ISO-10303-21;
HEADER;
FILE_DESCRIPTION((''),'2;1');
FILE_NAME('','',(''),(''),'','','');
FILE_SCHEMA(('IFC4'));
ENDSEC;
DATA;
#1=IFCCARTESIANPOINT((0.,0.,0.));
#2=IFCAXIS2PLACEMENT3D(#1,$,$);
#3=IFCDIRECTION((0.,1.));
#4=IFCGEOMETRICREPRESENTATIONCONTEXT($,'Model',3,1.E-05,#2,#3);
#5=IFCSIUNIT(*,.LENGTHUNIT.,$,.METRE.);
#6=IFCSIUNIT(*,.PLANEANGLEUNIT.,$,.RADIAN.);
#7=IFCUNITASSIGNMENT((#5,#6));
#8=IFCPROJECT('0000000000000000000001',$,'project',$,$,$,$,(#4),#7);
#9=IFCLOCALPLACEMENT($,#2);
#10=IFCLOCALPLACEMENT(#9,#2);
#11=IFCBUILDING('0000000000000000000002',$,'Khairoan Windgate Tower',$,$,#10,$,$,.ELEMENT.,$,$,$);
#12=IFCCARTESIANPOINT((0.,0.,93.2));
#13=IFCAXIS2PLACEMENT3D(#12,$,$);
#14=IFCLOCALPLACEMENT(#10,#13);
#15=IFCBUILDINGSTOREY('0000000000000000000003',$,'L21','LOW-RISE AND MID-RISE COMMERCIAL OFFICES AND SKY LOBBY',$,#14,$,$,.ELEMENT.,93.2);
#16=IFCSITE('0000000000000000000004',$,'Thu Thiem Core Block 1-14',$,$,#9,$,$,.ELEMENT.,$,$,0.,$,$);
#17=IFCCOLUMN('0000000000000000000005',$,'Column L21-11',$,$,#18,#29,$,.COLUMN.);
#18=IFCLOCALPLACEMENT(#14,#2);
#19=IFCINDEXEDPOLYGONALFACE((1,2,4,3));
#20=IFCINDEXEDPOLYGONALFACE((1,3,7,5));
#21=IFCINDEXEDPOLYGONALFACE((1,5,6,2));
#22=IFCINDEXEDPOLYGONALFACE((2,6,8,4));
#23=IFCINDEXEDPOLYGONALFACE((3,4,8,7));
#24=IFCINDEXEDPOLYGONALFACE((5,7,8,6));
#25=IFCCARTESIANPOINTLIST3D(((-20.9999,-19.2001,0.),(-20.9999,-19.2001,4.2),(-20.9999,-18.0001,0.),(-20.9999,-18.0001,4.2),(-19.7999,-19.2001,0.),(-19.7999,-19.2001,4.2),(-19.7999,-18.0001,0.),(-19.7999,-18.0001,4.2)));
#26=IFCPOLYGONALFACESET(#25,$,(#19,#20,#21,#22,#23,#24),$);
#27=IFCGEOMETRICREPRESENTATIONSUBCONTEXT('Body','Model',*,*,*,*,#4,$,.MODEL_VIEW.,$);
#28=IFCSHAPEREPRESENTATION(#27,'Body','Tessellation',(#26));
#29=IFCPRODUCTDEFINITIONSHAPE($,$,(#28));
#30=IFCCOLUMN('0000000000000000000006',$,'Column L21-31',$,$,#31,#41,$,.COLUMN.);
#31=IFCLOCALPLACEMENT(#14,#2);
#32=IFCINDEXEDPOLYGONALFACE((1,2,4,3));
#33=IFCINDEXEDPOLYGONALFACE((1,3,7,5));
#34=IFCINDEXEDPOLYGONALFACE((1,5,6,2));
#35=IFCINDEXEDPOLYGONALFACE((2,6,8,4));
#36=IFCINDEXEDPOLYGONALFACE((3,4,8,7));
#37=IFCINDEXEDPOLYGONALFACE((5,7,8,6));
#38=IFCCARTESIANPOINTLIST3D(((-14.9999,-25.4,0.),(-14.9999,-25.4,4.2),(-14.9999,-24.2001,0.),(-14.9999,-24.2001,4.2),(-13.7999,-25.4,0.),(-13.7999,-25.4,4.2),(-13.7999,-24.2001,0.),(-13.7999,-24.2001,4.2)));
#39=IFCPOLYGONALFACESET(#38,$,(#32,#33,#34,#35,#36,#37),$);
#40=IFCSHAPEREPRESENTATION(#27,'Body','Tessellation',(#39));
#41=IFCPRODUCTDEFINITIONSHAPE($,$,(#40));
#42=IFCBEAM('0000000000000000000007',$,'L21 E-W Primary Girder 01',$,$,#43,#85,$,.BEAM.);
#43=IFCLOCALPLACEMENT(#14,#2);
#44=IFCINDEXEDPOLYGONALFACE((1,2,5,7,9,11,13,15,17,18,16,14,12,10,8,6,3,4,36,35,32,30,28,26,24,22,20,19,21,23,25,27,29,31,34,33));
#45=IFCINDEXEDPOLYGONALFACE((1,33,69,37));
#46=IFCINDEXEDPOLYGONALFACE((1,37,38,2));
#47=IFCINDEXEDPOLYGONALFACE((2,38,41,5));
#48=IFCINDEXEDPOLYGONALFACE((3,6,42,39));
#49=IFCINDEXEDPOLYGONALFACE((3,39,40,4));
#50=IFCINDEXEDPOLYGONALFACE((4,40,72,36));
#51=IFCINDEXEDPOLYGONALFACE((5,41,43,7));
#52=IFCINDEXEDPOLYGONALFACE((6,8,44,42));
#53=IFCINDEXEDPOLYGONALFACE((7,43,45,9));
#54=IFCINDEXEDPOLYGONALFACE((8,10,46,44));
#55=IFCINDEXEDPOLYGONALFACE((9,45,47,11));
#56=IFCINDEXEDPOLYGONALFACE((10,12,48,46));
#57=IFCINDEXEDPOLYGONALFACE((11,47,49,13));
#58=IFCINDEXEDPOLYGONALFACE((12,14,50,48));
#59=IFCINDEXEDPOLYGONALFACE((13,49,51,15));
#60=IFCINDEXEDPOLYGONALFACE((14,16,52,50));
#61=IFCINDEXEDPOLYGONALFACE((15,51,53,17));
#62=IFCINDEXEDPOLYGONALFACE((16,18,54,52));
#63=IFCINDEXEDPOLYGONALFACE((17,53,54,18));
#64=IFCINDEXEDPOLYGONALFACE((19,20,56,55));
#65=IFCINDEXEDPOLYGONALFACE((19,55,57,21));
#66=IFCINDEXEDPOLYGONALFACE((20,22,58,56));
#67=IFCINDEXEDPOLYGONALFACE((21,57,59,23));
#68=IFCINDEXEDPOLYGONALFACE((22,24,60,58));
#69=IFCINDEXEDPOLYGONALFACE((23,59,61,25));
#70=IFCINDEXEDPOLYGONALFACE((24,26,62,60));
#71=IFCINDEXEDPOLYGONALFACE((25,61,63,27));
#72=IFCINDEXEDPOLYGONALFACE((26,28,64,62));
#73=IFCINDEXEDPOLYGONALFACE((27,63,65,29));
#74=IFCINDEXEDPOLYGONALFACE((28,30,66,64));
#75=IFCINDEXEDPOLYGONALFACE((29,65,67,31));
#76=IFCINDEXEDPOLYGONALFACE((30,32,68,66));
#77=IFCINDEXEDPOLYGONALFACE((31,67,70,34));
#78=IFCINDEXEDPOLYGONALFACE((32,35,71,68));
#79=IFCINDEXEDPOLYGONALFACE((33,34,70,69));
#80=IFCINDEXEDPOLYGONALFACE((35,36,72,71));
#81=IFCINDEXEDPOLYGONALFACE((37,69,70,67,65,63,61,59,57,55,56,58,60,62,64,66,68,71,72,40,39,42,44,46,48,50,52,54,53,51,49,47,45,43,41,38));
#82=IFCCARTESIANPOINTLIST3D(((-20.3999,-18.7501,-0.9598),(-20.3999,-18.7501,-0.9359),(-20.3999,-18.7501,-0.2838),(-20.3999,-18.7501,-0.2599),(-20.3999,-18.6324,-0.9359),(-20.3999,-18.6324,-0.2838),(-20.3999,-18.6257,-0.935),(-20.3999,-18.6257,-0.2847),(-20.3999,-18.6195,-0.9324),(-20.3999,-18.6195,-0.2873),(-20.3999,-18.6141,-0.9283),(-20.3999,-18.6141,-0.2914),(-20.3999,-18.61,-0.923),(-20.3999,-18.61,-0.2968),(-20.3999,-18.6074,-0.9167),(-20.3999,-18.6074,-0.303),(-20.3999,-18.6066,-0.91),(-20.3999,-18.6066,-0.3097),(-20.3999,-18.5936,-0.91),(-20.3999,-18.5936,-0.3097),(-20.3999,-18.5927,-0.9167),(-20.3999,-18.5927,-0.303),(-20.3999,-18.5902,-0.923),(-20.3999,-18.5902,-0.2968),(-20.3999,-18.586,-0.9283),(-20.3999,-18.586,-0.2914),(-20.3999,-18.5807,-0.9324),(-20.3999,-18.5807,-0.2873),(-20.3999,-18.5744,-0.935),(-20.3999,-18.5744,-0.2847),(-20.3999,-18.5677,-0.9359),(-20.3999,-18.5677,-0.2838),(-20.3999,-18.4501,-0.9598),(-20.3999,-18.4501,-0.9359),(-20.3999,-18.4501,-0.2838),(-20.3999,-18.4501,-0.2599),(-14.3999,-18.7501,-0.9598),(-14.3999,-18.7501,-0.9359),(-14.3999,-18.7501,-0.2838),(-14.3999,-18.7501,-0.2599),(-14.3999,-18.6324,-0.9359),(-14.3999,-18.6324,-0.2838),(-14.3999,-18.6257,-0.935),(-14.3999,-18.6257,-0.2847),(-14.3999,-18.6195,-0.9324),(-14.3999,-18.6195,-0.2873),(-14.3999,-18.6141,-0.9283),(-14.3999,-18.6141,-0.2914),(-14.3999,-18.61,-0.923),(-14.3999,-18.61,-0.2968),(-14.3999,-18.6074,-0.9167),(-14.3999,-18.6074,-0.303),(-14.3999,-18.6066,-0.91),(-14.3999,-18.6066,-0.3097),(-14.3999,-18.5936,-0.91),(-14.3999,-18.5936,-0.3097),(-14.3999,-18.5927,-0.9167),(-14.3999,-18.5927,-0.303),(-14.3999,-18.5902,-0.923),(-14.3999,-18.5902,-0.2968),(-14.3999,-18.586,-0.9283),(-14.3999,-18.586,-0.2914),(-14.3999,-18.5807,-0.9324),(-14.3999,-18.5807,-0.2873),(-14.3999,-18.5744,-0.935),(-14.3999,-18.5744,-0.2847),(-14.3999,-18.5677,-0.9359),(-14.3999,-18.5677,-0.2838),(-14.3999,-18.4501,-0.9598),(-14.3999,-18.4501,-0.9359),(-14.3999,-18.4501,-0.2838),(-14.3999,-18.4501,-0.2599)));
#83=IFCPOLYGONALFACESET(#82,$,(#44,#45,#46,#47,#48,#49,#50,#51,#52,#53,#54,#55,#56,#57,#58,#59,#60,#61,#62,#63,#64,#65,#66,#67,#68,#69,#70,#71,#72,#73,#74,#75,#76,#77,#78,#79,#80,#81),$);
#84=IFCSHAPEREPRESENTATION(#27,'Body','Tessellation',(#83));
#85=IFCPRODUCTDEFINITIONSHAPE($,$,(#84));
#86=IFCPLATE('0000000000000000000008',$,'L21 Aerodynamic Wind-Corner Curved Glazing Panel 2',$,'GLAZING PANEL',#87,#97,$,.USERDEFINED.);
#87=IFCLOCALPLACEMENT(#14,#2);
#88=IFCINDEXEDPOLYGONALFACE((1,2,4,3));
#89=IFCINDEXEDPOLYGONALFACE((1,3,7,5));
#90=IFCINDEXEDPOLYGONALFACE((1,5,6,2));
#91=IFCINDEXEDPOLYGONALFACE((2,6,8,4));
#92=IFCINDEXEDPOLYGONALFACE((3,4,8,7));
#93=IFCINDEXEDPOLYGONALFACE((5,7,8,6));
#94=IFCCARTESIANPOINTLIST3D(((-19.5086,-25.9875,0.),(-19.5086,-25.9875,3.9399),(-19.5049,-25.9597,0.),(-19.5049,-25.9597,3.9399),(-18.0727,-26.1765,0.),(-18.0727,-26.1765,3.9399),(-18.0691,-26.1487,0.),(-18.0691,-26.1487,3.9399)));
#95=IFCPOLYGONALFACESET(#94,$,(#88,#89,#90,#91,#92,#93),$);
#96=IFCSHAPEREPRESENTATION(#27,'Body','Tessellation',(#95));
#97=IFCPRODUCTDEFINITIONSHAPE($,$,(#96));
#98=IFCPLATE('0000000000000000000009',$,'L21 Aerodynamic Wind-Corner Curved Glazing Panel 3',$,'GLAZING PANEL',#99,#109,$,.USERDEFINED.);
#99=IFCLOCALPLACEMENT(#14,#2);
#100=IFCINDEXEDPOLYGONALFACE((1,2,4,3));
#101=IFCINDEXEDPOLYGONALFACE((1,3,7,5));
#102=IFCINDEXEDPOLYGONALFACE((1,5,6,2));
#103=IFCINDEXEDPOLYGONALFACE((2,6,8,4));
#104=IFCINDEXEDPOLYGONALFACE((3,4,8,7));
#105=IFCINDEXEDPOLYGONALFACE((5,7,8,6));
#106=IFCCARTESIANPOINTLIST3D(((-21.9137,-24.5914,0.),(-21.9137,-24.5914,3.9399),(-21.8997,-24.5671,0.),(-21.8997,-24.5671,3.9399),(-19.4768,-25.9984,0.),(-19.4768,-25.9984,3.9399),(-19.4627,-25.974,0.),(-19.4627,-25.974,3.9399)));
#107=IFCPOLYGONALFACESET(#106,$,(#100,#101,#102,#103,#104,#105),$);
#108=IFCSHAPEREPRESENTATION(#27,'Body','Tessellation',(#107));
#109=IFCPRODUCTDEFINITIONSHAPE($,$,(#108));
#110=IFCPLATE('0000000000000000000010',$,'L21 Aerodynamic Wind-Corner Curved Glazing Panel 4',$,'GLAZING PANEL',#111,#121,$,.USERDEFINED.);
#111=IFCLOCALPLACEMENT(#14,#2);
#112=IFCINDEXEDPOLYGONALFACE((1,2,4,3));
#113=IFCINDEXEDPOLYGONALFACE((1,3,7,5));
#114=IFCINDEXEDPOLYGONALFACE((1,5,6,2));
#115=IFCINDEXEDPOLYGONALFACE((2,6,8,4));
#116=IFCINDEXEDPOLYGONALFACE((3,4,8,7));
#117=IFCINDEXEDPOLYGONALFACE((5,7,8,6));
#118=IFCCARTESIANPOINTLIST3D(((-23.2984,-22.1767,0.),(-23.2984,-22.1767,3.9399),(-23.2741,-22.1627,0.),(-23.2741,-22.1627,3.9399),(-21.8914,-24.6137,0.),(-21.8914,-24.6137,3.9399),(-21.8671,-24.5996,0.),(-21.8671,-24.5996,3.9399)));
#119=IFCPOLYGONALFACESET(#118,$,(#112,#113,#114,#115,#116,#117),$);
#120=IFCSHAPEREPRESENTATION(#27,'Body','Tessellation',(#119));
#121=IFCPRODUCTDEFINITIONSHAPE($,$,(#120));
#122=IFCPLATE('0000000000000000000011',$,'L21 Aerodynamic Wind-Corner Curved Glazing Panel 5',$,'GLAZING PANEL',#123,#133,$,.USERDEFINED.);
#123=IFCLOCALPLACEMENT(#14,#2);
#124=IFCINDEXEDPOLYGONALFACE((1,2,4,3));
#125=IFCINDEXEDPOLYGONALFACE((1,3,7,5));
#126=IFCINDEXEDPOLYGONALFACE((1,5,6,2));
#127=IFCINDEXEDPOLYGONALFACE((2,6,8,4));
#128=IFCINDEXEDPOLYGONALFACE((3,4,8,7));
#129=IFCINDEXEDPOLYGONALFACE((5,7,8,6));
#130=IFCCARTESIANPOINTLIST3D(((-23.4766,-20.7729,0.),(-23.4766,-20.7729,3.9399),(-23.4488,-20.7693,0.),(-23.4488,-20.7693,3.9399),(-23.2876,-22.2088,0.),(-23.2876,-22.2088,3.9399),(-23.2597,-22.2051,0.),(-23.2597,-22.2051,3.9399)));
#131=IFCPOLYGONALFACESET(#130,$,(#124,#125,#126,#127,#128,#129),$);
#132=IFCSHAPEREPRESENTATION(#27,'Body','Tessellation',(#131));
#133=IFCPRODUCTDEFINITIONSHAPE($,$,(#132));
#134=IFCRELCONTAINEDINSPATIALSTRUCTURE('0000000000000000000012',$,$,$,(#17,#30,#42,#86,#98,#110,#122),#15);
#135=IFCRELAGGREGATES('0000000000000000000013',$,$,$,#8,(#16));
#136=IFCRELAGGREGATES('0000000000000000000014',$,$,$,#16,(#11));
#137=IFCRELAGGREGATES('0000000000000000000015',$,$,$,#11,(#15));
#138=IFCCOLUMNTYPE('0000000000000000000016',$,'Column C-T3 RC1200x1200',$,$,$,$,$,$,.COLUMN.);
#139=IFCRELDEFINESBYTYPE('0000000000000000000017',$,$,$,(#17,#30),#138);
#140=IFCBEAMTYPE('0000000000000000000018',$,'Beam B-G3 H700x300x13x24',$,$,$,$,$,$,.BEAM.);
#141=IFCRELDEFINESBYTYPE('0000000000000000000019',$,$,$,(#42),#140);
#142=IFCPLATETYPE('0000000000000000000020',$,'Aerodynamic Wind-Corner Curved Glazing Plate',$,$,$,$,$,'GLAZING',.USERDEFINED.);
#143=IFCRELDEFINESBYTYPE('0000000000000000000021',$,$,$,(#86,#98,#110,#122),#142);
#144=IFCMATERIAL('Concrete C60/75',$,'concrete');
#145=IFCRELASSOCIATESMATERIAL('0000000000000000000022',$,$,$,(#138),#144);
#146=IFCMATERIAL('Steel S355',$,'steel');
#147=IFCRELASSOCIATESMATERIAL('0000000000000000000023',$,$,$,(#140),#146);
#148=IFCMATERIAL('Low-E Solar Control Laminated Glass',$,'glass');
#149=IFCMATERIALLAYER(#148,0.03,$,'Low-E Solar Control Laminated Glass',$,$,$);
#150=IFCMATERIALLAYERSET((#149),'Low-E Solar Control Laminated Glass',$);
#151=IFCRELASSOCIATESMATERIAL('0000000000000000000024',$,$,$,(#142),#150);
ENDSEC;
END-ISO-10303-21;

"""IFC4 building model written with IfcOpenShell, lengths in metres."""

from ifc_helpers import new_model, si_unit, direction, frame, origin, origin_2d, place, context, subcontext, project, spatial, rectangle, i_section, extrude, material, layer, layer_set, material_profile, profile_set, type_object, element, save


model = new_model("IFC4")

# Units and contexts
model_context = context("Model", 3, precision=1e-05, world=origin(), true_north=direction((0.0, 1.0)))
body_context = subcontext(model_context, "Body", "Model", "MODEL_VIEW")
ifc_project = project(units=[si_unit("LENGTHUNIT", "METRE"), si_unit("PLANEANGLEUNIT", "RADIAN")], contexts=[model_context])

# Site, building, storey
site_placement = place(None, origin())
site = spatial("IfcSite", under=ifc_project, at=site_placement, Name="Thu Thiem Core Block 1-14", CompositionType="ELEMENT", RefElevation=0.0)
building_placement = place(site_placement, origin())
building = spatial("IfcBuilding", under=site, at=building_placement, Name="Khairoan Windgate Tower", CompositionType="ELEMENT")
storey_placement = place(building_placement, frame((0.0, 0.0, 93.2)))
storey = spatial("IfcBuildingStorey", under=building, at=storey_placement, Name="L21", Description="LOW-RISE AND MID-RISE COMMERCIAL OFFICES AND SKY LOBBY", CompositionType="ELEMENT", Elevation=93.2)

# Columns
ifc_material_1 = material(Name="Concrete C60/75", Category="concrete")
ifc_material_profile_1 = material_profile(ifc_material_1, rectangle(XDim=1.2, YDim=1.2, at=origin_2d()))
ifc_profile_set_1 = profile_set([ifc_material_profile_1], Name="Concrete C60/75")
column_type = type_object("IfcColumnType", Name="Column C-T3 RC1200x1200", PredefinedType="COLUMN", material=ifc_profile_set_1)
for number, where, z_axis, x_axis, name in (
    (1, (-20.3999, -18.6001, 0.0), (0.0, 0.0, 1.0), (1.0, 0.0, 0.0), "Column L21-11"),
    (2, (-14.3999, -24.8, 0.0), (0.0, 0.0, 1.0), (1.0, 0.0, 0.0), "Column L21-31"),
):
    element("IfcColumn", number, at=place(storey_placement, frame(where, z_axis=z_axis, x_axis=x_axis)), inside=storey, type_object=column_type, Name=name, PredefinedType="COLUMN", context=body_context, shape_type="SweptSolid", body=[
        extrude(rectangle(XDim=1.2, YDim=1.2, at=origin_2d()), origin(), (0.0, 0.0, 1.0), 4.2),
    ])

# Beam
ifc_material_2 = material(Name="Steel S355", Category="steel")
ifc_material_profile_2 = material_profile(ifc_material_2, i_section(OverallWidth=0.3, OverallDepth=0.7, WebThickness=0.0129, FlangeThickness=0.0239, FilletRadius=0.0259, at=origin_2d()))
ifc_profile_set_2 = profile_set([ifc_material_profile_2], Name="Steel S355")
beam_type = type_object("IfcBeamType", Name="Beam B-G3 H700x300x13x24", PredefinedType="BEAM", material=ifc_profile_set_2)
beam_placement = place(storey_placement, frame((-20.3999, -18.6001, -0.6099), z_axis=(1.0, 0.0, 0.0), x_axis=(0.0, 1.0, 0.0)))
element("IfcBeam", 3, at=beam_placement, inside=storey, type_object=beam_type, Name="L21 E-W Primary Girder 01", PredefinedType="BEAM", context=body_context, shape_type="SweptSolid", body=[
    extrude(i_section(OverallWidth=0.3, OverallDepth=0.7, WebThickness=0.0129, FlangeThickness=0.0239, FilletRadius=0.0259, at=origin_2d()), origin(), (0.0, 0.0, 1.0), 6.0),
])

# Plates
ifc_material_3 = material(Name="Low-E Solar Control Laminated Glass", Category="glass")
ifc_layer_1 = layer(ifc_material_3, 0.03, Name="Low-E Solar Control Laminated Glass")
ifc_layer_set_1 = layer_set([ifc_layer_1], Name="Low-E Solar Control Laminated Glass")
plate_type_1 = type_object("IfcPlateType", Name="Aerodynamic Wind-Corner Curved Glazing Plate", ElementType="GLAZING", PredefinedType="USERDEFINED", material=ifc_layer_set_1)
plate_1_placement = place(storey_placement, frame((-18.7888, -26.0681, 0.0), z_axis=(0.0, 0.0, 1.0), x_axis=(-0.991445, 0.130526, 0.0)))
element("IfcPlate", 4, at=plate_1_placement, inside=storey, type_object=plate_type_1, Name="L21 Aerodynamic Wind-Corner Curved Glazing Panel 2", ObjectType="GLAZING PANEL", PredefinedType="USERDEFINED", context=body_context, shape_type="SweptSolid", body=[
    extrude(rectangle(XDim=1.4482, YDim=0.0281, at=origin_2d()), origin(), (0.0, 0.0, 1.0), 3.9399),
])
for number, where, z_axis, x_axis, name in (
    (5, (-20.6882, -25.2827, 0.0), (0.0, 0.0, 1.0), (-0.866025, 0.5, 0.0), "L21 Aerodynamic Wind-Corner Curved Glazing Panel 3"),
    (6, (-22.5828, -23.3882, 0.0), (0.0, 0.0, 1.0), (-0.5, 0.866025, 0.0), "L21 Aerodynamic Wind-Corner Curved Glazing Panel 4"),
):
    element("IfcPlate", number, at=place(storey_placement, frame(where, z_axis=z_axis, x_axis=x_axis)), inside=storey, type_object=plate_type_1, Name=name, ObjectType="GLAZING PANEL", PredefinedType="USERDEFINED", context=body_context, shape_type="SweptSolid", body=[
        extrude(rectangle(XDim=2.814, YDim=0.0281, at=origin_2d()), origin(), (0.0, 0.0, 1.0), 3.9399),
    ])
plate_2_placement = place(storey_placement, frame((-23.3682, -21.489, 0.0), z_axis=(0.0, 0.0, 1.0), x_axis=(-0.130526, 0.991445, 0.0)))
element("IfcPlate", 7, at=plate_2_placement, inside=storey, type_object=plate_type_1, Name="L21 Aerodynamic Wind-Corner Curved Glazing Panel 5", ObjectType="GLAZING PANEL", PredefinedType="USERDEFINED", context=body_context, shape_type="SweptSolid", body=[
    extrude(rectangle(XDim=1.4482, YDim=0.0281, at=origin_2d()), origin(), (0.0, 0.0, 1.0), 3.9399),
])

save(model, "model.ifc")
